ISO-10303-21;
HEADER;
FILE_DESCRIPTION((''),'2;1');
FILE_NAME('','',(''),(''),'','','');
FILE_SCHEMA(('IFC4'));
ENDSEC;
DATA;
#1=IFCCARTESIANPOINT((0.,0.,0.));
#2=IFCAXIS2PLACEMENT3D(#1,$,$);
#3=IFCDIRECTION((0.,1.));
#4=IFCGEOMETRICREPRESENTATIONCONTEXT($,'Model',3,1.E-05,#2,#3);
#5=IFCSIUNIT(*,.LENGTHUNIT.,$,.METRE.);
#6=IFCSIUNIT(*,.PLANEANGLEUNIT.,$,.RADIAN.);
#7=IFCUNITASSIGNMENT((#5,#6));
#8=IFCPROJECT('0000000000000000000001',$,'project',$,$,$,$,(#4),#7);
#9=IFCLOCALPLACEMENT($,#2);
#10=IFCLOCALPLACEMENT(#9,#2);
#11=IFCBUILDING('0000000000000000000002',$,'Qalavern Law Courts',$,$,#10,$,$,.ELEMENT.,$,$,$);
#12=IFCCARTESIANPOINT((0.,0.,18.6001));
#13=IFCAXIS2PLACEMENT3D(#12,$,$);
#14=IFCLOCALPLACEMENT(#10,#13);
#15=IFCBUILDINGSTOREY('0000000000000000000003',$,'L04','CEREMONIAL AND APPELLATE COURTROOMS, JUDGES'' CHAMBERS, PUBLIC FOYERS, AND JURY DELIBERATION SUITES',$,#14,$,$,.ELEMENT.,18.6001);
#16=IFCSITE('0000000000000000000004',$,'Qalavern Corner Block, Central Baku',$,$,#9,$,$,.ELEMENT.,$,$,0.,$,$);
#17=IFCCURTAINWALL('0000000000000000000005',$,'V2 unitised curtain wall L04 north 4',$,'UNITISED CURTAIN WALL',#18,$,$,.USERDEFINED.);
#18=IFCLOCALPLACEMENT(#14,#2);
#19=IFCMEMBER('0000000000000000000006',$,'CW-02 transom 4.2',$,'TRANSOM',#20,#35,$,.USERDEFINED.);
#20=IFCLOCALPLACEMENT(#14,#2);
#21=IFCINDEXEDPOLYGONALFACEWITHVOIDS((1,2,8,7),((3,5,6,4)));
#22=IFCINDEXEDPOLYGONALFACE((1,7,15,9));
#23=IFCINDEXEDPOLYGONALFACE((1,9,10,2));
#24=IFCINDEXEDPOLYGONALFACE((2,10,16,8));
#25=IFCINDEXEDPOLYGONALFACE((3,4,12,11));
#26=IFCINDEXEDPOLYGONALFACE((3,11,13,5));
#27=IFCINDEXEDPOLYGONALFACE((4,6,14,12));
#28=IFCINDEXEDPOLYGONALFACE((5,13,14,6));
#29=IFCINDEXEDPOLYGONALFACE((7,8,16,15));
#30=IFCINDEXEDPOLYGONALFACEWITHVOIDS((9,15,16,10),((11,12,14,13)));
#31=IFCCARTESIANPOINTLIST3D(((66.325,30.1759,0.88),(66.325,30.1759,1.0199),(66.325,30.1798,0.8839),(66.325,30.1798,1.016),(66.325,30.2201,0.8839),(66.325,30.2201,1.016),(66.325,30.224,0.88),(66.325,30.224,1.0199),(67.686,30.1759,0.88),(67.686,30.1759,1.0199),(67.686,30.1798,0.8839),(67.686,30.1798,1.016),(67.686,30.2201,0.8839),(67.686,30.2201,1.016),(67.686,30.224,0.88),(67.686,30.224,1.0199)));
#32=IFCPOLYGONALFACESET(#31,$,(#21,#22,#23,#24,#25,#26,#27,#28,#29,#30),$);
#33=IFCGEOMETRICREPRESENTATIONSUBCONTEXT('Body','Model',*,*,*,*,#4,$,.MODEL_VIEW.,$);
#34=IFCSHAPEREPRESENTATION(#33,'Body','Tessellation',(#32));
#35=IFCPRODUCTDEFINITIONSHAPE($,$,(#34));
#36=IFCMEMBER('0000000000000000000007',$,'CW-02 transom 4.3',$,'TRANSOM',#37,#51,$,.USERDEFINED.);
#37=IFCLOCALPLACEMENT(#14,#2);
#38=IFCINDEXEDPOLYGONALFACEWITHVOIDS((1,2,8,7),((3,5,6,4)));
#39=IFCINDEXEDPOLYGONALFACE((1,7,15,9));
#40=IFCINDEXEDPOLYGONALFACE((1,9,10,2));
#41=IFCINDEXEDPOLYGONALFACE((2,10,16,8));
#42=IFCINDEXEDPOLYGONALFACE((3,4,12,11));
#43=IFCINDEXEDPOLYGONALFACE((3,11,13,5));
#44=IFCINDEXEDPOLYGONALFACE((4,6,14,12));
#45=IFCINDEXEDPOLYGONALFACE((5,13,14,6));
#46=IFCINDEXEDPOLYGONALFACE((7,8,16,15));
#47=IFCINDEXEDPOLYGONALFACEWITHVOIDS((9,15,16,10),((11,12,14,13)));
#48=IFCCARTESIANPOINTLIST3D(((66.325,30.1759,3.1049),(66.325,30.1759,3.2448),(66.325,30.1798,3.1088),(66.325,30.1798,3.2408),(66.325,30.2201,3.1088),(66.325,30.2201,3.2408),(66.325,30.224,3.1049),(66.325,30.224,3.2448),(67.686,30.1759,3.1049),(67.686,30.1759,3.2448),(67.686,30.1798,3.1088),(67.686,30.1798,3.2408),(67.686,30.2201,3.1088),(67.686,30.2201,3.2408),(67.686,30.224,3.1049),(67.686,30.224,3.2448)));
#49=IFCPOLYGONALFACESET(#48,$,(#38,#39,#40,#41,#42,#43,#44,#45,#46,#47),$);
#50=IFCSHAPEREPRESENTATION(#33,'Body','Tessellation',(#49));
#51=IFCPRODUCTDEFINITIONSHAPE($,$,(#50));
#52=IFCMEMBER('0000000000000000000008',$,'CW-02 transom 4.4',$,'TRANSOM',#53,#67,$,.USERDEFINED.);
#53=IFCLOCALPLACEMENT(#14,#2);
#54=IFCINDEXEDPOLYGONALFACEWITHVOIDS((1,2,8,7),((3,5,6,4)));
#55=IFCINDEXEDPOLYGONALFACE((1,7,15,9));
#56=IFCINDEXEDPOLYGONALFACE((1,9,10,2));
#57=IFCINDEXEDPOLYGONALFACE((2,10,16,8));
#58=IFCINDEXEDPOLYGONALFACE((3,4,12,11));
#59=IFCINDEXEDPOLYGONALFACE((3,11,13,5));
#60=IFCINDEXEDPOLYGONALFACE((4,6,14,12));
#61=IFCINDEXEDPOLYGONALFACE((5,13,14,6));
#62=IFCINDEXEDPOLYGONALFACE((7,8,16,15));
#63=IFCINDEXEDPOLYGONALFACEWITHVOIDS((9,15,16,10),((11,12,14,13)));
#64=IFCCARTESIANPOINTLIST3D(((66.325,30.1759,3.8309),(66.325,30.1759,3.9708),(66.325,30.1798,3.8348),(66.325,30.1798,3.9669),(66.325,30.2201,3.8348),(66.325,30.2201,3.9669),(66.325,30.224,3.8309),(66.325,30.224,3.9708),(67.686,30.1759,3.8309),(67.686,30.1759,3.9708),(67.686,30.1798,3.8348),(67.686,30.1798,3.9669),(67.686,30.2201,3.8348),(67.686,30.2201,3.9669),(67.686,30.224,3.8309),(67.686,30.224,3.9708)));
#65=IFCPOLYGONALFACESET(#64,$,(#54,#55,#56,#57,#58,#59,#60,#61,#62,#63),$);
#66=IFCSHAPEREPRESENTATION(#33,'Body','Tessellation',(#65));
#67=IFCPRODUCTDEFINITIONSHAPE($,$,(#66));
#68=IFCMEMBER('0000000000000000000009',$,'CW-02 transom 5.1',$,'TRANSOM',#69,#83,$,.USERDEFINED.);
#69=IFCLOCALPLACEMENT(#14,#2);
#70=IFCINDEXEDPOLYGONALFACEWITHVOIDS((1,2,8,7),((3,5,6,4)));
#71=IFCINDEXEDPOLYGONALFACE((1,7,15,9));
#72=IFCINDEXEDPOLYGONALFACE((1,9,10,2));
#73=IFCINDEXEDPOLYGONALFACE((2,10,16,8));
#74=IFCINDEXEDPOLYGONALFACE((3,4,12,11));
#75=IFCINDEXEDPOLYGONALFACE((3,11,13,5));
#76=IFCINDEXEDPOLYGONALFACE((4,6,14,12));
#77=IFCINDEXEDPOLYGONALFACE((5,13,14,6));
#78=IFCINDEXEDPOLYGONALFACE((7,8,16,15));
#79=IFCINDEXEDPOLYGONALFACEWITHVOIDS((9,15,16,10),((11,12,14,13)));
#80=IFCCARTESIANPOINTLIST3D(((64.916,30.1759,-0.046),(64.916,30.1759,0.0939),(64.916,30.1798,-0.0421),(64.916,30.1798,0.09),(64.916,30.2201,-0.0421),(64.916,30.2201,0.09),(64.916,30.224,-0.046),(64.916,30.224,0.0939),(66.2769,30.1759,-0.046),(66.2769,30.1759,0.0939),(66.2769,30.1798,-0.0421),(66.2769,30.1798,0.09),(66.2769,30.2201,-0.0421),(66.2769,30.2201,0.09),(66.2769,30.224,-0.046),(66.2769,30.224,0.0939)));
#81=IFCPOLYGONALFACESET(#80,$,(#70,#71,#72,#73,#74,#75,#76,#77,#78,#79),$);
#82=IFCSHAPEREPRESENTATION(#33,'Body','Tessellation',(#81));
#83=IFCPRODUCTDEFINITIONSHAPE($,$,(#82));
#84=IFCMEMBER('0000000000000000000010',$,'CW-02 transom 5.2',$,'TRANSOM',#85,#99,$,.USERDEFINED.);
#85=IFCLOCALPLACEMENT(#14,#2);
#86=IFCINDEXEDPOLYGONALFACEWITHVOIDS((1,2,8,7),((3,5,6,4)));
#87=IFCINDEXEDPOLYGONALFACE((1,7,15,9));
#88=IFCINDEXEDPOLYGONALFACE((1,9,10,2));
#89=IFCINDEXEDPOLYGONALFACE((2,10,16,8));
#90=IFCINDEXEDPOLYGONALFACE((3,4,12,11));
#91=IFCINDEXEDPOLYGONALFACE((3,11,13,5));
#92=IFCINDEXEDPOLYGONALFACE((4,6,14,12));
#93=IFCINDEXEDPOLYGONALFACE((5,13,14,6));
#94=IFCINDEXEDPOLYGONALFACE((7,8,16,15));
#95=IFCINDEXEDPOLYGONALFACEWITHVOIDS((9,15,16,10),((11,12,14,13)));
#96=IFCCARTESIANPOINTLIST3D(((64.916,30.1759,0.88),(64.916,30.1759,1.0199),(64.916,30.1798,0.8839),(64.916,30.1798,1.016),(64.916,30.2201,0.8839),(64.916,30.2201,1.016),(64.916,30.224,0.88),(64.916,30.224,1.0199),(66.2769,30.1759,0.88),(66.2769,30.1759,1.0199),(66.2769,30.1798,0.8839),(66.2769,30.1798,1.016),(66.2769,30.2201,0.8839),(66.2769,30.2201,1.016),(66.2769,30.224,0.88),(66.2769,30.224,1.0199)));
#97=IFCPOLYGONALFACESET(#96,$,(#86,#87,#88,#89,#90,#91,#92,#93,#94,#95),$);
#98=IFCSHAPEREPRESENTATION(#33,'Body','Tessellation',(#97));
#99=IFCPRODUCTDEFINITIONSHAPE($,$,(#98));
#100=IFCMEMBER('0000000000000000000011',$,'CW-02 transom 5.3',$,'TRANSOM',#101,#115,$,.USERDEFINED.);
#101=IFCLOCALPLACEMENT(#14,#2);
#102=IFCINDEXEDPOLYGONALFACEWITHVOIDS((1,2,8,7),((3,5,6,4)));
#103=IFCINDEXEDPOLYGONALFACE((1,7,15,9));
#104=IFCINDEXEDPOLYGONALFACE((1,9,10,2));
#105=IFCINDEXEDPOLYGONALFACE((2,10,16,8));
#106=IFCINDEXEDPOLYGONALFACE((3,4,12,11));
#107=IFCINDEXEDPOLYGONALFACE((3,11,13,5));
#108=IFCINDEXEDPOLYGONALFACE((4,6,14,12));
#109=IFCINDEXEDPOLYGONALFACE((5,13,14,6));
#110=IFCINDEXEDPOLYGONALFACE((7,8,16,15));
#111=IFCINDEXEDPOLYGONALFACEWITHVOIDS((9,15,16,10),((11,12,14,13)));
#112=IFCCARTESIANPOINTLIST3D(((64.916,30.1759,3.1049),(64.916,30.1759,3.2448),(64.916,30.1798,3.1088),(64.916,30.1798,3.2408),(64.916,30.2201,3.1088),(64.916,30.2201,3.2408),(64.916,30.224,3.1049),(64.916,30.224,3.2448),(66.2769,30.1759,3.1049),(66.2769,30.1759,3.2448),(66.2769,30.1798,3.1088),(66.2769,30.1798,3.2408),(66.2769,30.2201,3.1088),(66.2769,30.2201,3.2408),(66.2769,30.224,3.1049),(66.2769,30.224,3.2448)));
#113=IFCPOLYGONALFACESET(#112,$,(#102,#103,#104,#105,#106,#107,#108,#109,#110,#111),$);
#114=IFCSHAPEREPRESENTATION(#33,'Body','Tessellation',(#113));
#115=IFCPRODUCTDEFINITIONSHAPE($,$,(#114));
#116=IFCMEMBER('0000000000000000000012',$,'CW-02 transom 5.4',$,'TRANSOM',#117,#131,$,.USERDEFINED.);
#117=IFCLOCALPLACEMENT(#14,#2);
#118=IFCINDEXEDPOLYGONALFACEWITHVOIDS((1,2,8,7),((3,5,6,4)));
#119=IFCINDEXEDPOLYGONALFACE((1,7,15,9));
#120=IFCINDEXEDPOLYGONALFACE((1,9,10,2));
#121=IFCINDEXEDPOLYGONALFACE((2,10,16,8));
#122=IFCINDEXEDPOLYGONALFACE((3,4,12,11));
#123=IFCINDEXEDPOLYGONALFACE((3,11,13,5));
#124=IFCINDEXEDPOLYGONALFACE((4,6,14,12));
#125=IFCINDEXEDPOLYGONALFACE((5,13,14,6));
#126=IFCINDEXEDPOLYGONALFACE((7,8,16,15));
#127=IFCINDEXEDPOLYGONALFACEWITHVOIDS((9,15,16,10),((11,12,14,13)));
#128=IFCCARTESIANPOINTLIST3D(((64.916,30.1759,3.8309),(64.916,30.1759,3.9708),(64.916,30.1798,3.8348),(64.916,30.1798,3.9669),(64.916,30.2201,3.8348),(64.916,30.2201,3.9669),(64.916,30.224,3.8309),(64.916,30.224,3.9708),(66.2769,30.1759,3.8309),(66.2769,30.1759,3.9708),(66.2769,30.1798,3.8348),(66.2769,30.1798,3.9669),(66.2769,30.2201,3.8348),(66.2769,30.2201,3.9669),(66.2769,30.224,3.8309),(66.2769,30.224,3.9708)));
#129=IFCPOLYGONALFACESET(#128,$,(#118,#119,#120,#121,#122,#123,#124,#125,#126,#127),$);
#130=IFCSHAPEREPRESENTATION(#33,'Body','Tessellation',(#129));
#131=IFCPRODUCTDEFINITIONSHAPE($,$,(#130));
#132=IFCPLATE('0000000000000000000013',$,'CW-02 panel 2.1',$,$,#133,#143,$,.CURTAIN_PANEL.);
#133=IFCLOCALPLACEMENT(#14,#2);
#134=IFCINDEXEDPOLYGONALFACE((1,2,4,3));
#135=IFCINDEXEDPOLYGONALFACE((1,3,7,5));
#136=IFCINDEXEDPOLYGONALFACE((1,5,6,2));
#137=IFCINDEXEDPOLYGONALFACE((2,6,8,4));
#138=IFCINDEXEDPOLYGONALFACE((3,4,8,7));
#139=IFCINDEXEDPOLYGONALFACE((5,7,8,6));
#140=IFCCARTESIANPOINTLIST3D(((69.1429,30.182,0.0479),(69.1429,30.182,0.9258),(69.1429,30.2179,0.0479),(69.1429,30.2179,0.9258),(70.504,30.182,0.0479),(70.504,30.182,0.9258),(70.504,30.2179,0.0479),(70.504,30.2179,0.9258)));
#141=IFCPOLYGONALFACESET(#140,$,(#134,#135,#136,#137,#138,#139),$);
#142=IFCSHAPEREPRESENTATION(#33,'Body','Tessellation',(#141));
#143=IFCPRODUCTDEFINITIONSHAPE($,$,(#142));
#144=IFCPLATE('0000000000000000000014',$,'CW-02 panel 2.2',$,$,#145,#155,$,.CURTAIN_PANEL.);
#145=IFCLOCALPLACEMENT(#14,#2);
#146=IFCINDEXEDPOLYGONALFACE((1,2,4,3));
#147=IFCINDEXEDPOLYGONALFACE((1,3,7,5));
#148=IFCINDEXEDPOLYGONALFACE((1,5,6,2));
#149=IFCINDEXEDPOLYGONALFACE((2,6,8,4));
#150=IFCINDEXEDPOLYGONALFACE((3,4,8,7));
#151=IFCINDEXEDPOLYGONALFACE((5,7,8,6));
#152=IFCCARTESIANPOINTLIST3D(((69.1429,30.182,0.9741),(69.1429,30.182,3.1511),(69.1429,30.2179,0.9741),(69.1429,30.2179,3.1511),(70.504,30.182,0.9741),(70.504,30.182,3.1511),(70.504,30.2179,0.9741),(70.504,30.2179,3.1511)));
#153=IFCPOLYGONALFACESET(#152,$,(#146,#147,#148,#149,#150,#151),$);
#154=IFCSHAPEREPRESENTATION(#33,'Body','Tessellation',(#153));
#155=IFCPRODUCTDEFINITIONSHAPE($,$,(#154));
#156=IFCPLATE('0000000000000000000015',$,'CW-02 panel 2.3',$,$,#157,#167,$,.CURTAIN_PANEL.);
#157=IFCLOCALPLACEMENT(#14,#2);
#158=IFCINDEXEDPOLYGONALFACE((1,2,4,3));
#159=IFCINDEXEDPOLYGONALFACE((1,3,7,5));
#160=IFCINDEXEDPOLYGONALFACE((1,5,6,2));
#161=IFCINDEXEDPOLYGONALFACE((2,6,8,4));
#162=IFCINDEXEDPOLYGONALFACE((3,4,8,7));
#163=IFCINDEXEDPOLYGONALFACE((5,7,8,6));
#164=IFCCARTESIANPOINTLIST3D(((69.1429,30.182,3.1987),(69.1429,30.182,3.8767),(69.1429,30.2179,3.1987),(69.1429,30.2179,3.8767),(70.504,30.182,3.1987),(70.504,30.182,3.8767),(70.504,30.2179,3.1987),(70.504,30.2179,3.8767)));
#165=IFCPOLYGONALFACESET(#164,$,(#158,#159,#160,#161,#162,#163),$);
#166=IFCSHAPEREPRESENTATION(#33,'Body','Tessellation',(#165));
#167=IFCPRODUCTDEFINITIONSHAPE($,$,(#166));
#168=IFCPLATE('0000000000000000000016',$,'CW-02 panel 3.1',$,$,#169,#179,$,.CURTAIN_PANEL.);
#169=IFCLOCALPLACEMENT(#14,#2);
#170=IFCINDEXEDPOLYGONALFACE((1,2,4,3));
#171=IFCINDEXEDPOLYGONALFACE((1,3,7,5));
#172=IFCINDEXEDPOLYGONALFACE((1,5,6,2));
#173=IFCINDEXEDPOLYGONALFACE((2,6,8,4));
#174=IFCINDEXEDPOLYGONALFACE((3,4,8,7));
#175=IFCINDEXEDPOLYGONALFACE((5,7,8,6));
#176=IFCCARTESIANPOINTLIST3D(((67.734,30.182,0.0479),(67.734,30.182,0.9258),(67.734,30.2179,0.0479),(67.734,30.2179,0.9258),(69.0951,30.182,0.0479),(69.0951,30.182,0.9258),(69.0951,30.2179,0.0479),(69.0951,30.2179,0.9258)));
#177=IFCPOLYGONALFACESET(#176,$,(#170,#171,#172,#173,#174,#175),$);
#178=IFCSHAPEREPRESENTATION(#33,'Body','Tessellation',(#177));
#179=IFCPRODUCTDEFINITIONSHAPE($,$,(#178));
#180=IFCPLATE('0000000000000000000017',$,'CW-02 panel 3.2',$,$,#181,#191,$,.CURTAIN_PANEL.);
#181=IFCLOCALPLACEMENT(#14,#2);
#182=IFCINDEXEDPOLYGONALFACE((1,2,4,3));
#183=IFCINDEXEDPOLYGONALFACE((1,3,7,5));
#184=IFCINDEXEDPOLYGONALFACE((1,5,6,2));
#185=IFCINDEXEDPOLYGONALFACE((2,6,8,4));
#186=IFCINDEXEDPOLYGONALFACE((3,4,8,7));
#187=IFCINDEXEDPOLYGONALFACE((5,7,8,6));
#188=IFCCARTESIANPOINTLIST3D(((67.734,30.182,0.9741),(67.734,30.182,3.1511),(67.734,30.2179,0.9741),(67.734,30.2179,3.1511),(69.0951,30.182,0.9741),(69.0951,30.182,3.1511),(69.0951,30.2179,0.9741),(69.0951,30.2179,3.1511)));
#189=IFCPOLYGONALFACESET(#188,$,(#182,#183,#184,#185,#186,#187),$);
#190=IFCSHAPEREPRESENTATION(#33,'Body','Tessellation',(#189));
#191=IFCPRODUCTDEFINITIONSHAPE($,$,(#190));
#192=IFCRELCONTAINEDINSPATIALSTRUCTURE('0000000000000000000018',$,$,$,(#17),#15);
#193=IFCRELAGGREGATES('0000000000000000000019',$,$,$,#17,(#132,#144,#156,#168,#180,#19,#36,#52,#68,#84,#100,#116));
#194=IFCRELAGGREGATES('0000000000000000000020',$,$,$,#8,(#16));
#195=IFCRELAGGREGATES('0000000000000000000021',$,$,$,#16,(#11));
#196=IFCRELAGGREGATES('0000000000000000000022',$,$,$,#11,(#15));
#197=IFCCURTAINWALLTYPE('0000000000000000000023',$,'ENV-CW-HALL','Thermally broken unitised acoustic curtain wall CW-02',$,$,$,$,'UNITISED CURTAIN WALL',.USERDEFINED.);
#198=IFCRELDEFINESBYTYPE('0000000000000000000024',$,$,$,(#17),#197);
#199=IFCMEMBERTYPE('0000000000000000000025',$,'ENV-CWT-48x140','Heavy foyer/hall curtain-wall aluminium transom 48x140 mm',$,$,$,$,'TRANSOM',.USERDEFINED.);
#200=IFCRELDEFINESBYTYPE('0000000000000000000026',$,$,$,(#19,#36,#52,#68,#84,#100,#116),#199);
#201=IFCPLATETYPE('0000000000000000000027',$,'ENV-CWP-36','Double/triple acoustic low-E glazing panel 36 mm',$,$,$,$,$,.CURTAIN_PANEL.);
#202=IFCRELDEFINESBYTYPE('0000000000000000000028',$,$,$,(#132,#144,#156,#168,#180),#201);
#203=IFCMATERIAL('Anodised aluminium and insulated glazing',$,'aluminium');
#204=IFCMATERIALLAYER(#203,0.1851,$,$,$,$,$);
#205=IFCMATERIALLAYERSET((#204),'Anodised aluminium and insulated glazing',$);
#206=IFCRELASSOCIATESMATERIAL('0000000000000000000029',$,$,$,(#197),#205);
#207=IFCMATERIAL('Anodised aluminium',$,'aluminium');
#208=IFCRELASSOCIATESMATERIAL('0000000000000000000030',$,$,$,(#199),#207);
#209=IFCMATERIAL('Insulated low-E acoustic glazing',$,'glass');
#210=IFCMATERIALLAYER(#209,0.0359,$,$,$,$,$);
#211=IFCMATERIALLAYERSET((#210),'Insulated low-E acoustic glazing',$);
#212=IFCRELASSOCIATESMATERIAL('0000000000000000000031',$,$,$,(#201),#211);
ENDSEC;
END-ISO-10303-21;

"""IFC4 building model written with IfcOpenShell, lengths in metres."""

from ifc_helpers import new_model, si_unit, direction, frame, origin, origin_2d, place, context, subcontext, project, spatial, rectangle, hollow_rectangle, extrude, material, layer, layer_set, material_profile, profile_set, type_object, element, aggregate, save


model = new_model("IFC4")

# Units and contexts
model_context = context("Model", 3, precision=1e-05, world=origin(), true_north=direction((0.0, 1.0)))
body_context = subcontext(model_context, "Body", "Model", "MODEL_VIEW")
ifc_project = project(units=[si_unit("LENGTHUNIT", "METRE"), si_unit("PLANEANGLEUNIT", "RADIAN")], contexts=[model_context])

# Site, building, storey
site_placement = place(None, origin())
site = spatial("IfcSite", under=ifc_project, at=site_placement, Name="Qalavern Corner Block, Central Baku", CompositionType="ELEMENT", RefElevation=0.0)
building_placement = place(site_placement, origin())
building = spatial("IfcBuilding", under=site, at=building_placement, Name="Qalavern Law Courts", CompositionType="ELEMENT")
storey_placement = place(building_placement, frame((0.0, 0.0, 18.6001)))
storey = spatial("IfcBuildingStorey", under=building, at=storey_placement, Name="L04", Description="CEREMONIAL AND APPELLATE COURTROOMS, JUDGES' CHAMBERS, PUBLIC FOYERS, AND JURY DELIBERATION SUITES", CompositionType="ELEMENT", Elevation=18.6001)

# Curtain wall, members, plates
ifc_material_1 = material(Name="Anodised aluminium and insulated glazing", Category="aluminium")
ifc_layer_1 = layer(ifc_material_1, 0.1851)
ifc_layer_set_1 = layer_set([ifc_layer_1], Name="Anodised aluminium and insulated glazing")
curtain_wall_type = type_object("IfcCurtainWallType", Name="ENV-CW-HALL", Description="Thermally broken unitised acoustic curtain wall CW-02", ElementType="UNITISED CURTAIN WALL", PredefinedType="USERDEFINED", material=ifc_layer_set_1)
curtain_wall_placement = place(storey_placement, origin())
curtain_wall = element("IfcCurtainWall", 1, at=curtain_wall_placement, inside=storey, type_object=curtain_wall_type, Name="V2 unitised curtain wall L04 north 4", ObjectType="UNITISED CURTAIN WALL", PredefinedType="USERDEFINED")
ifc_material_2 = material(Name="Anodised aluminium", Category="aluminium")
ifc_material_profile_1 = material_profile(ifc_material_2, hollow_rectangle(XDim=0.0481, YDim=0.1399, WallThickness=0.0039, at=origin_2d()), Name="ALU TRANSOM 48x140")
ifc_profile_set_1 = profile_set([ifc_material_profile_1], Name="Anodised aluminium")
member_type_1 = type_object("IfcMemberType", Name="ENV-CWT-48x140", Description="Heavy foyer/hall curtain-wall aluminium transom 48x140 mm", ElementType="TRANSOM", PredefinedType="USERDEFINED", material=ifc_profile_set_1)
member_1_placement = place(storey_placement, frame((67.686, 30.2, 0.95), z_axis=(-1.0, 0.0, 0.0), x_axis=(0.0, -1.0, 0.0)))
member_1 = element("IfcMember", 2, at=member_1_placement, type_object=member_type_1, Name="CW-02 transom 4.2", ObjectType="TRANSOM", PredefinedType="USERDEFINED", context=body_context, shape_type="SweptSolid", body=[
    extrude(hollow_rectangle(XDim=0.0481, YDim=0.1399, WallThickness=0.0039, at=origin_2d()), origin(), (0.0, 0.0, 1.0), 1.3611),
])
member_2_placement = place(storey_placement, frame((67.686, 30.2, 3.1748), z_axis=(-1.0, 0.0, 0.0), x_axis=(0.0, -1.0, 0.0)))
member_2 = element("IfcMember", 3, at=member_2_placement, type_object=member_type_1, Name="CW-02 transom 4.3", ObjectType="TRANSOM", PredefinedType="USERDEFINED", context=body_context, shape_type="SweptSolid", body=[
    extrude(hollow_rectangle(XDim=0.0481, YDim=0.1399, WallThickness=0.0039, at=origin_2d()), origin(), (0.0, 0.0, 1.0), 1.3611),
])
member_3_placement = place(storey_placement, frame((67.686, 30.2, 3.9009), z_axis=(-1.0, 0.0, 0.0), x_axis=(0.0, -1.0, 0.0)))
member_3 = element("IfcMember", 4, at=member_3_placement, type_object=member_type_1, Name="CW-02 transom 4.4", ObjectType="TRANSOM", PredefinedType="USERDEFINED", context=body_context, shape_type="SweptSolid", body=[
    extrude(hollow_rectangle(XDim=0.0481, YDim=0.1399, WallThickness=0.0039, at=origin_2d()), origin(), (0.0, 0.0, 1.0), 1.3611),
])
member_4_placement = place(storey_placement, frame((66.2769, 30.2, 0.0239), z_axis=(-1.0, 0.0, 0.0), x_axis=(0.0, -1.0, 0.0)))
member_4 = element("IfcMember", 5, at=member_4_placement, type_object=member_type_1, Name="CW-02 transom 5.1", ObjectType="TRANSOM", PredefinedType="USERDEFINED", context=body_context, shape_type="SweptSolid", body=[
    extrude(hollow_rectangle(XDim=0.0481, YDim=0.1399, WallThickness=0.0039, at=origin_2d()), origin(), (0.0, 0.0, 1.0), 1.3608),
])
member_5_placement = place(storey_placement, frame((66.2769, 30.2, 0.95), z_axis=(-1.0, 0.0, 0.0), x_axis=(0.0, -1.0, 0.0)))
member_5 = element("IfcMember", 6, at=member_5_placement, type_object=member_type_1, Name="CW-02 transom 5.2", ObjectType="TRANSOM", PredefinedType="USERDEFINED", context=body_context, shape_type="SweptSolid", body=[
    extrude(hollow_rectangle(XDim=0.0481, YDim=0.1399, WallThickness=0.0039, at=origin_2d()), origin(), (0.0, 0.0, 1.0), 1.3608),
])
member_6_placement = place(storey_placement, frame((66.2769, 30.2, 3.1748), z_axis=(-1.0, 0.0, 0.0), x_axis=(0.0, -1.0, 0.0)))
member_6 = element("IfcMember", 7, at=member_6_placement, type_object=member_type_1, Name="CW-02 transom 5.3", ObjectType="TRANSOM", PredefinedType="USERDEFINED", context=body_context, shape_type="SweptSolid", body=[
    extrude(hollow_rectangle(XDim=0.0481, YDim=0.1399, WallThickness=0.0039, at=origin_2d()), origin(), (0.0, 0.0, 1.0), 1.3608),
])
member_7_placement = place(storey_placement, frame((66.2769, 30.2, 3.9009), z_axis=(-1.0, 0.0, 0.0), x_axis=(0.0, -1.0, 0.0)))
member_7 = element("IfcMember", 8, at=member_7_placement, type_object=member_type_1, Name="CW-02 transom 5.4", ObjectType="TRANSOM", PredefinedType="USERDEFINED", context=body_context, shape_type="SweptSolid", body=[
    extrude(hollow_rectangle(XDim=0.0481, YDim=0.1399, WallThickness=0.0039, at=origin_2d()), origin(), (0.0, 0.0, 1.0), 1.3608),
])
ifc_material_3 = material(Name="Insulated low-E acoustic glazing", Category="glass")
ifc_layer_2 = layer(ifc_material_3, 0.0359)
ifc_layer_set_2 = layer_set([ifc_layer_2], Name="Insulated low-E acoustic glazing")
plate_type = type_object("IfcPlateType", Name="ENV-CWP-36", Description="Double/triple acoustic low-E glazing panel 36 mm", PredefinedType="CURTAIN_PANEL", material=ifc_layer_set_2)
plate_1_placement = place(storey_placement, frame((69.8235, 30.2, 0.0479), z_axis=(0.0, 0.0, 1.0), x_axis=(-1.0, 0.0, 0.0)))
plate_1 = element("IfcPlate", 9, at=plate_1_placement, type_object=plate_type, Name="CW-02 panel 2.1", PredefinedType="CURTAIN_PANEL", context=body_context, shape_type="SweptSolid", body=[
    extrude(rectangle(XDim=1.3611, YDim=0.0359, at=origin_2d()), origin(), (0.0, 0.0, 1.0), 0.8779),
])
plate_2_placement = place(storey_placement, frame((69.8235, 30.2, 0.9741), z_axis=(0.0, 0.0, 1.0), x_axis=(-1.0, 0.0, 0.0)))
plate_2 = element("IfcPlate", 10, at=plate_2_placement, type_object=plate_type, Name="CW-02 panel 2.2", PredefinedType="CURTAIN_PANEL", context=body_context, shape_type="SweptSolid", body=[
    extrude(rectangle(XDim=1.3611, YDim=0.0359, at=origin_2d()), origin(), (0.0, 0.0, 1.0), 2.177),
])
plate_3_placement = place(storey_placement, frame((69.8235, 30.2, 3.1987), z_axis=(0.0, 0.0, 1.0), x_axis=(-1.0, 0.0, 0.0)))
plate_3 = element("IfcPlate", 11, at=plate_3_placement, type_object=plate_type, Name="CW-02 panel 2.3", PredefinedType="CURTAIN_PANEL", context=body_context, shape_type="SweptSolid", body=[
    extrude(rectangle(XDim=1.3611, YDim=0.0359, at=origin_2d()), origin(), (0.0, 0.0, 1.0), 0.678),
])
plate_4_placement = place(storey_placement, frame((68.4146, 30.2, 0.0479), z_axis=(0.0, 0.0, 1.0), x_axis=(-1.0, 0.0, 0.0)))
plate_4 = element("IfcPlate", 12, at=plate_4_placement, type_object=plate_type, Name="CW-02 panel 3.1", PredefinedType="CURTAIN_PANEL", context=body_context, shape_type="SweptSolid", body=[
    extrude(rectangle(XDim=1.3611, YDim=0.0359, at=origin_2d()), origin(), (0.0, 0.0, 1.0), 0.8779),
])
plate_5_placement = place(storey_placement, frame((68.4146, 30.2, 0.9741), z_axis=(0.0, 0.0, 1.0), x_axis=(-1.0, 0.0, 0.0)))
plate_5 = element("IfcPlate", 13, at=plate_5_placement, type_object=plate_type, Name="CW-02 panel 3.2", PredefinedType="CURTAIN_PANEL", context=body_context, shape_type="SweptSolid", body=[
    extrude(rectangle(XDim=1.3611, YDim=0.0359, at=origin_2d()), origin(), (0.0, 0.0, 1.0), 2.177),
])
aggregate(curtain_wall, [plate_1, plate_2, plate_3, plate_4, plate_5, member_1, member_2, member_3, member_4, member_5, member_6, member_7])

save(model, "model.ifc")
